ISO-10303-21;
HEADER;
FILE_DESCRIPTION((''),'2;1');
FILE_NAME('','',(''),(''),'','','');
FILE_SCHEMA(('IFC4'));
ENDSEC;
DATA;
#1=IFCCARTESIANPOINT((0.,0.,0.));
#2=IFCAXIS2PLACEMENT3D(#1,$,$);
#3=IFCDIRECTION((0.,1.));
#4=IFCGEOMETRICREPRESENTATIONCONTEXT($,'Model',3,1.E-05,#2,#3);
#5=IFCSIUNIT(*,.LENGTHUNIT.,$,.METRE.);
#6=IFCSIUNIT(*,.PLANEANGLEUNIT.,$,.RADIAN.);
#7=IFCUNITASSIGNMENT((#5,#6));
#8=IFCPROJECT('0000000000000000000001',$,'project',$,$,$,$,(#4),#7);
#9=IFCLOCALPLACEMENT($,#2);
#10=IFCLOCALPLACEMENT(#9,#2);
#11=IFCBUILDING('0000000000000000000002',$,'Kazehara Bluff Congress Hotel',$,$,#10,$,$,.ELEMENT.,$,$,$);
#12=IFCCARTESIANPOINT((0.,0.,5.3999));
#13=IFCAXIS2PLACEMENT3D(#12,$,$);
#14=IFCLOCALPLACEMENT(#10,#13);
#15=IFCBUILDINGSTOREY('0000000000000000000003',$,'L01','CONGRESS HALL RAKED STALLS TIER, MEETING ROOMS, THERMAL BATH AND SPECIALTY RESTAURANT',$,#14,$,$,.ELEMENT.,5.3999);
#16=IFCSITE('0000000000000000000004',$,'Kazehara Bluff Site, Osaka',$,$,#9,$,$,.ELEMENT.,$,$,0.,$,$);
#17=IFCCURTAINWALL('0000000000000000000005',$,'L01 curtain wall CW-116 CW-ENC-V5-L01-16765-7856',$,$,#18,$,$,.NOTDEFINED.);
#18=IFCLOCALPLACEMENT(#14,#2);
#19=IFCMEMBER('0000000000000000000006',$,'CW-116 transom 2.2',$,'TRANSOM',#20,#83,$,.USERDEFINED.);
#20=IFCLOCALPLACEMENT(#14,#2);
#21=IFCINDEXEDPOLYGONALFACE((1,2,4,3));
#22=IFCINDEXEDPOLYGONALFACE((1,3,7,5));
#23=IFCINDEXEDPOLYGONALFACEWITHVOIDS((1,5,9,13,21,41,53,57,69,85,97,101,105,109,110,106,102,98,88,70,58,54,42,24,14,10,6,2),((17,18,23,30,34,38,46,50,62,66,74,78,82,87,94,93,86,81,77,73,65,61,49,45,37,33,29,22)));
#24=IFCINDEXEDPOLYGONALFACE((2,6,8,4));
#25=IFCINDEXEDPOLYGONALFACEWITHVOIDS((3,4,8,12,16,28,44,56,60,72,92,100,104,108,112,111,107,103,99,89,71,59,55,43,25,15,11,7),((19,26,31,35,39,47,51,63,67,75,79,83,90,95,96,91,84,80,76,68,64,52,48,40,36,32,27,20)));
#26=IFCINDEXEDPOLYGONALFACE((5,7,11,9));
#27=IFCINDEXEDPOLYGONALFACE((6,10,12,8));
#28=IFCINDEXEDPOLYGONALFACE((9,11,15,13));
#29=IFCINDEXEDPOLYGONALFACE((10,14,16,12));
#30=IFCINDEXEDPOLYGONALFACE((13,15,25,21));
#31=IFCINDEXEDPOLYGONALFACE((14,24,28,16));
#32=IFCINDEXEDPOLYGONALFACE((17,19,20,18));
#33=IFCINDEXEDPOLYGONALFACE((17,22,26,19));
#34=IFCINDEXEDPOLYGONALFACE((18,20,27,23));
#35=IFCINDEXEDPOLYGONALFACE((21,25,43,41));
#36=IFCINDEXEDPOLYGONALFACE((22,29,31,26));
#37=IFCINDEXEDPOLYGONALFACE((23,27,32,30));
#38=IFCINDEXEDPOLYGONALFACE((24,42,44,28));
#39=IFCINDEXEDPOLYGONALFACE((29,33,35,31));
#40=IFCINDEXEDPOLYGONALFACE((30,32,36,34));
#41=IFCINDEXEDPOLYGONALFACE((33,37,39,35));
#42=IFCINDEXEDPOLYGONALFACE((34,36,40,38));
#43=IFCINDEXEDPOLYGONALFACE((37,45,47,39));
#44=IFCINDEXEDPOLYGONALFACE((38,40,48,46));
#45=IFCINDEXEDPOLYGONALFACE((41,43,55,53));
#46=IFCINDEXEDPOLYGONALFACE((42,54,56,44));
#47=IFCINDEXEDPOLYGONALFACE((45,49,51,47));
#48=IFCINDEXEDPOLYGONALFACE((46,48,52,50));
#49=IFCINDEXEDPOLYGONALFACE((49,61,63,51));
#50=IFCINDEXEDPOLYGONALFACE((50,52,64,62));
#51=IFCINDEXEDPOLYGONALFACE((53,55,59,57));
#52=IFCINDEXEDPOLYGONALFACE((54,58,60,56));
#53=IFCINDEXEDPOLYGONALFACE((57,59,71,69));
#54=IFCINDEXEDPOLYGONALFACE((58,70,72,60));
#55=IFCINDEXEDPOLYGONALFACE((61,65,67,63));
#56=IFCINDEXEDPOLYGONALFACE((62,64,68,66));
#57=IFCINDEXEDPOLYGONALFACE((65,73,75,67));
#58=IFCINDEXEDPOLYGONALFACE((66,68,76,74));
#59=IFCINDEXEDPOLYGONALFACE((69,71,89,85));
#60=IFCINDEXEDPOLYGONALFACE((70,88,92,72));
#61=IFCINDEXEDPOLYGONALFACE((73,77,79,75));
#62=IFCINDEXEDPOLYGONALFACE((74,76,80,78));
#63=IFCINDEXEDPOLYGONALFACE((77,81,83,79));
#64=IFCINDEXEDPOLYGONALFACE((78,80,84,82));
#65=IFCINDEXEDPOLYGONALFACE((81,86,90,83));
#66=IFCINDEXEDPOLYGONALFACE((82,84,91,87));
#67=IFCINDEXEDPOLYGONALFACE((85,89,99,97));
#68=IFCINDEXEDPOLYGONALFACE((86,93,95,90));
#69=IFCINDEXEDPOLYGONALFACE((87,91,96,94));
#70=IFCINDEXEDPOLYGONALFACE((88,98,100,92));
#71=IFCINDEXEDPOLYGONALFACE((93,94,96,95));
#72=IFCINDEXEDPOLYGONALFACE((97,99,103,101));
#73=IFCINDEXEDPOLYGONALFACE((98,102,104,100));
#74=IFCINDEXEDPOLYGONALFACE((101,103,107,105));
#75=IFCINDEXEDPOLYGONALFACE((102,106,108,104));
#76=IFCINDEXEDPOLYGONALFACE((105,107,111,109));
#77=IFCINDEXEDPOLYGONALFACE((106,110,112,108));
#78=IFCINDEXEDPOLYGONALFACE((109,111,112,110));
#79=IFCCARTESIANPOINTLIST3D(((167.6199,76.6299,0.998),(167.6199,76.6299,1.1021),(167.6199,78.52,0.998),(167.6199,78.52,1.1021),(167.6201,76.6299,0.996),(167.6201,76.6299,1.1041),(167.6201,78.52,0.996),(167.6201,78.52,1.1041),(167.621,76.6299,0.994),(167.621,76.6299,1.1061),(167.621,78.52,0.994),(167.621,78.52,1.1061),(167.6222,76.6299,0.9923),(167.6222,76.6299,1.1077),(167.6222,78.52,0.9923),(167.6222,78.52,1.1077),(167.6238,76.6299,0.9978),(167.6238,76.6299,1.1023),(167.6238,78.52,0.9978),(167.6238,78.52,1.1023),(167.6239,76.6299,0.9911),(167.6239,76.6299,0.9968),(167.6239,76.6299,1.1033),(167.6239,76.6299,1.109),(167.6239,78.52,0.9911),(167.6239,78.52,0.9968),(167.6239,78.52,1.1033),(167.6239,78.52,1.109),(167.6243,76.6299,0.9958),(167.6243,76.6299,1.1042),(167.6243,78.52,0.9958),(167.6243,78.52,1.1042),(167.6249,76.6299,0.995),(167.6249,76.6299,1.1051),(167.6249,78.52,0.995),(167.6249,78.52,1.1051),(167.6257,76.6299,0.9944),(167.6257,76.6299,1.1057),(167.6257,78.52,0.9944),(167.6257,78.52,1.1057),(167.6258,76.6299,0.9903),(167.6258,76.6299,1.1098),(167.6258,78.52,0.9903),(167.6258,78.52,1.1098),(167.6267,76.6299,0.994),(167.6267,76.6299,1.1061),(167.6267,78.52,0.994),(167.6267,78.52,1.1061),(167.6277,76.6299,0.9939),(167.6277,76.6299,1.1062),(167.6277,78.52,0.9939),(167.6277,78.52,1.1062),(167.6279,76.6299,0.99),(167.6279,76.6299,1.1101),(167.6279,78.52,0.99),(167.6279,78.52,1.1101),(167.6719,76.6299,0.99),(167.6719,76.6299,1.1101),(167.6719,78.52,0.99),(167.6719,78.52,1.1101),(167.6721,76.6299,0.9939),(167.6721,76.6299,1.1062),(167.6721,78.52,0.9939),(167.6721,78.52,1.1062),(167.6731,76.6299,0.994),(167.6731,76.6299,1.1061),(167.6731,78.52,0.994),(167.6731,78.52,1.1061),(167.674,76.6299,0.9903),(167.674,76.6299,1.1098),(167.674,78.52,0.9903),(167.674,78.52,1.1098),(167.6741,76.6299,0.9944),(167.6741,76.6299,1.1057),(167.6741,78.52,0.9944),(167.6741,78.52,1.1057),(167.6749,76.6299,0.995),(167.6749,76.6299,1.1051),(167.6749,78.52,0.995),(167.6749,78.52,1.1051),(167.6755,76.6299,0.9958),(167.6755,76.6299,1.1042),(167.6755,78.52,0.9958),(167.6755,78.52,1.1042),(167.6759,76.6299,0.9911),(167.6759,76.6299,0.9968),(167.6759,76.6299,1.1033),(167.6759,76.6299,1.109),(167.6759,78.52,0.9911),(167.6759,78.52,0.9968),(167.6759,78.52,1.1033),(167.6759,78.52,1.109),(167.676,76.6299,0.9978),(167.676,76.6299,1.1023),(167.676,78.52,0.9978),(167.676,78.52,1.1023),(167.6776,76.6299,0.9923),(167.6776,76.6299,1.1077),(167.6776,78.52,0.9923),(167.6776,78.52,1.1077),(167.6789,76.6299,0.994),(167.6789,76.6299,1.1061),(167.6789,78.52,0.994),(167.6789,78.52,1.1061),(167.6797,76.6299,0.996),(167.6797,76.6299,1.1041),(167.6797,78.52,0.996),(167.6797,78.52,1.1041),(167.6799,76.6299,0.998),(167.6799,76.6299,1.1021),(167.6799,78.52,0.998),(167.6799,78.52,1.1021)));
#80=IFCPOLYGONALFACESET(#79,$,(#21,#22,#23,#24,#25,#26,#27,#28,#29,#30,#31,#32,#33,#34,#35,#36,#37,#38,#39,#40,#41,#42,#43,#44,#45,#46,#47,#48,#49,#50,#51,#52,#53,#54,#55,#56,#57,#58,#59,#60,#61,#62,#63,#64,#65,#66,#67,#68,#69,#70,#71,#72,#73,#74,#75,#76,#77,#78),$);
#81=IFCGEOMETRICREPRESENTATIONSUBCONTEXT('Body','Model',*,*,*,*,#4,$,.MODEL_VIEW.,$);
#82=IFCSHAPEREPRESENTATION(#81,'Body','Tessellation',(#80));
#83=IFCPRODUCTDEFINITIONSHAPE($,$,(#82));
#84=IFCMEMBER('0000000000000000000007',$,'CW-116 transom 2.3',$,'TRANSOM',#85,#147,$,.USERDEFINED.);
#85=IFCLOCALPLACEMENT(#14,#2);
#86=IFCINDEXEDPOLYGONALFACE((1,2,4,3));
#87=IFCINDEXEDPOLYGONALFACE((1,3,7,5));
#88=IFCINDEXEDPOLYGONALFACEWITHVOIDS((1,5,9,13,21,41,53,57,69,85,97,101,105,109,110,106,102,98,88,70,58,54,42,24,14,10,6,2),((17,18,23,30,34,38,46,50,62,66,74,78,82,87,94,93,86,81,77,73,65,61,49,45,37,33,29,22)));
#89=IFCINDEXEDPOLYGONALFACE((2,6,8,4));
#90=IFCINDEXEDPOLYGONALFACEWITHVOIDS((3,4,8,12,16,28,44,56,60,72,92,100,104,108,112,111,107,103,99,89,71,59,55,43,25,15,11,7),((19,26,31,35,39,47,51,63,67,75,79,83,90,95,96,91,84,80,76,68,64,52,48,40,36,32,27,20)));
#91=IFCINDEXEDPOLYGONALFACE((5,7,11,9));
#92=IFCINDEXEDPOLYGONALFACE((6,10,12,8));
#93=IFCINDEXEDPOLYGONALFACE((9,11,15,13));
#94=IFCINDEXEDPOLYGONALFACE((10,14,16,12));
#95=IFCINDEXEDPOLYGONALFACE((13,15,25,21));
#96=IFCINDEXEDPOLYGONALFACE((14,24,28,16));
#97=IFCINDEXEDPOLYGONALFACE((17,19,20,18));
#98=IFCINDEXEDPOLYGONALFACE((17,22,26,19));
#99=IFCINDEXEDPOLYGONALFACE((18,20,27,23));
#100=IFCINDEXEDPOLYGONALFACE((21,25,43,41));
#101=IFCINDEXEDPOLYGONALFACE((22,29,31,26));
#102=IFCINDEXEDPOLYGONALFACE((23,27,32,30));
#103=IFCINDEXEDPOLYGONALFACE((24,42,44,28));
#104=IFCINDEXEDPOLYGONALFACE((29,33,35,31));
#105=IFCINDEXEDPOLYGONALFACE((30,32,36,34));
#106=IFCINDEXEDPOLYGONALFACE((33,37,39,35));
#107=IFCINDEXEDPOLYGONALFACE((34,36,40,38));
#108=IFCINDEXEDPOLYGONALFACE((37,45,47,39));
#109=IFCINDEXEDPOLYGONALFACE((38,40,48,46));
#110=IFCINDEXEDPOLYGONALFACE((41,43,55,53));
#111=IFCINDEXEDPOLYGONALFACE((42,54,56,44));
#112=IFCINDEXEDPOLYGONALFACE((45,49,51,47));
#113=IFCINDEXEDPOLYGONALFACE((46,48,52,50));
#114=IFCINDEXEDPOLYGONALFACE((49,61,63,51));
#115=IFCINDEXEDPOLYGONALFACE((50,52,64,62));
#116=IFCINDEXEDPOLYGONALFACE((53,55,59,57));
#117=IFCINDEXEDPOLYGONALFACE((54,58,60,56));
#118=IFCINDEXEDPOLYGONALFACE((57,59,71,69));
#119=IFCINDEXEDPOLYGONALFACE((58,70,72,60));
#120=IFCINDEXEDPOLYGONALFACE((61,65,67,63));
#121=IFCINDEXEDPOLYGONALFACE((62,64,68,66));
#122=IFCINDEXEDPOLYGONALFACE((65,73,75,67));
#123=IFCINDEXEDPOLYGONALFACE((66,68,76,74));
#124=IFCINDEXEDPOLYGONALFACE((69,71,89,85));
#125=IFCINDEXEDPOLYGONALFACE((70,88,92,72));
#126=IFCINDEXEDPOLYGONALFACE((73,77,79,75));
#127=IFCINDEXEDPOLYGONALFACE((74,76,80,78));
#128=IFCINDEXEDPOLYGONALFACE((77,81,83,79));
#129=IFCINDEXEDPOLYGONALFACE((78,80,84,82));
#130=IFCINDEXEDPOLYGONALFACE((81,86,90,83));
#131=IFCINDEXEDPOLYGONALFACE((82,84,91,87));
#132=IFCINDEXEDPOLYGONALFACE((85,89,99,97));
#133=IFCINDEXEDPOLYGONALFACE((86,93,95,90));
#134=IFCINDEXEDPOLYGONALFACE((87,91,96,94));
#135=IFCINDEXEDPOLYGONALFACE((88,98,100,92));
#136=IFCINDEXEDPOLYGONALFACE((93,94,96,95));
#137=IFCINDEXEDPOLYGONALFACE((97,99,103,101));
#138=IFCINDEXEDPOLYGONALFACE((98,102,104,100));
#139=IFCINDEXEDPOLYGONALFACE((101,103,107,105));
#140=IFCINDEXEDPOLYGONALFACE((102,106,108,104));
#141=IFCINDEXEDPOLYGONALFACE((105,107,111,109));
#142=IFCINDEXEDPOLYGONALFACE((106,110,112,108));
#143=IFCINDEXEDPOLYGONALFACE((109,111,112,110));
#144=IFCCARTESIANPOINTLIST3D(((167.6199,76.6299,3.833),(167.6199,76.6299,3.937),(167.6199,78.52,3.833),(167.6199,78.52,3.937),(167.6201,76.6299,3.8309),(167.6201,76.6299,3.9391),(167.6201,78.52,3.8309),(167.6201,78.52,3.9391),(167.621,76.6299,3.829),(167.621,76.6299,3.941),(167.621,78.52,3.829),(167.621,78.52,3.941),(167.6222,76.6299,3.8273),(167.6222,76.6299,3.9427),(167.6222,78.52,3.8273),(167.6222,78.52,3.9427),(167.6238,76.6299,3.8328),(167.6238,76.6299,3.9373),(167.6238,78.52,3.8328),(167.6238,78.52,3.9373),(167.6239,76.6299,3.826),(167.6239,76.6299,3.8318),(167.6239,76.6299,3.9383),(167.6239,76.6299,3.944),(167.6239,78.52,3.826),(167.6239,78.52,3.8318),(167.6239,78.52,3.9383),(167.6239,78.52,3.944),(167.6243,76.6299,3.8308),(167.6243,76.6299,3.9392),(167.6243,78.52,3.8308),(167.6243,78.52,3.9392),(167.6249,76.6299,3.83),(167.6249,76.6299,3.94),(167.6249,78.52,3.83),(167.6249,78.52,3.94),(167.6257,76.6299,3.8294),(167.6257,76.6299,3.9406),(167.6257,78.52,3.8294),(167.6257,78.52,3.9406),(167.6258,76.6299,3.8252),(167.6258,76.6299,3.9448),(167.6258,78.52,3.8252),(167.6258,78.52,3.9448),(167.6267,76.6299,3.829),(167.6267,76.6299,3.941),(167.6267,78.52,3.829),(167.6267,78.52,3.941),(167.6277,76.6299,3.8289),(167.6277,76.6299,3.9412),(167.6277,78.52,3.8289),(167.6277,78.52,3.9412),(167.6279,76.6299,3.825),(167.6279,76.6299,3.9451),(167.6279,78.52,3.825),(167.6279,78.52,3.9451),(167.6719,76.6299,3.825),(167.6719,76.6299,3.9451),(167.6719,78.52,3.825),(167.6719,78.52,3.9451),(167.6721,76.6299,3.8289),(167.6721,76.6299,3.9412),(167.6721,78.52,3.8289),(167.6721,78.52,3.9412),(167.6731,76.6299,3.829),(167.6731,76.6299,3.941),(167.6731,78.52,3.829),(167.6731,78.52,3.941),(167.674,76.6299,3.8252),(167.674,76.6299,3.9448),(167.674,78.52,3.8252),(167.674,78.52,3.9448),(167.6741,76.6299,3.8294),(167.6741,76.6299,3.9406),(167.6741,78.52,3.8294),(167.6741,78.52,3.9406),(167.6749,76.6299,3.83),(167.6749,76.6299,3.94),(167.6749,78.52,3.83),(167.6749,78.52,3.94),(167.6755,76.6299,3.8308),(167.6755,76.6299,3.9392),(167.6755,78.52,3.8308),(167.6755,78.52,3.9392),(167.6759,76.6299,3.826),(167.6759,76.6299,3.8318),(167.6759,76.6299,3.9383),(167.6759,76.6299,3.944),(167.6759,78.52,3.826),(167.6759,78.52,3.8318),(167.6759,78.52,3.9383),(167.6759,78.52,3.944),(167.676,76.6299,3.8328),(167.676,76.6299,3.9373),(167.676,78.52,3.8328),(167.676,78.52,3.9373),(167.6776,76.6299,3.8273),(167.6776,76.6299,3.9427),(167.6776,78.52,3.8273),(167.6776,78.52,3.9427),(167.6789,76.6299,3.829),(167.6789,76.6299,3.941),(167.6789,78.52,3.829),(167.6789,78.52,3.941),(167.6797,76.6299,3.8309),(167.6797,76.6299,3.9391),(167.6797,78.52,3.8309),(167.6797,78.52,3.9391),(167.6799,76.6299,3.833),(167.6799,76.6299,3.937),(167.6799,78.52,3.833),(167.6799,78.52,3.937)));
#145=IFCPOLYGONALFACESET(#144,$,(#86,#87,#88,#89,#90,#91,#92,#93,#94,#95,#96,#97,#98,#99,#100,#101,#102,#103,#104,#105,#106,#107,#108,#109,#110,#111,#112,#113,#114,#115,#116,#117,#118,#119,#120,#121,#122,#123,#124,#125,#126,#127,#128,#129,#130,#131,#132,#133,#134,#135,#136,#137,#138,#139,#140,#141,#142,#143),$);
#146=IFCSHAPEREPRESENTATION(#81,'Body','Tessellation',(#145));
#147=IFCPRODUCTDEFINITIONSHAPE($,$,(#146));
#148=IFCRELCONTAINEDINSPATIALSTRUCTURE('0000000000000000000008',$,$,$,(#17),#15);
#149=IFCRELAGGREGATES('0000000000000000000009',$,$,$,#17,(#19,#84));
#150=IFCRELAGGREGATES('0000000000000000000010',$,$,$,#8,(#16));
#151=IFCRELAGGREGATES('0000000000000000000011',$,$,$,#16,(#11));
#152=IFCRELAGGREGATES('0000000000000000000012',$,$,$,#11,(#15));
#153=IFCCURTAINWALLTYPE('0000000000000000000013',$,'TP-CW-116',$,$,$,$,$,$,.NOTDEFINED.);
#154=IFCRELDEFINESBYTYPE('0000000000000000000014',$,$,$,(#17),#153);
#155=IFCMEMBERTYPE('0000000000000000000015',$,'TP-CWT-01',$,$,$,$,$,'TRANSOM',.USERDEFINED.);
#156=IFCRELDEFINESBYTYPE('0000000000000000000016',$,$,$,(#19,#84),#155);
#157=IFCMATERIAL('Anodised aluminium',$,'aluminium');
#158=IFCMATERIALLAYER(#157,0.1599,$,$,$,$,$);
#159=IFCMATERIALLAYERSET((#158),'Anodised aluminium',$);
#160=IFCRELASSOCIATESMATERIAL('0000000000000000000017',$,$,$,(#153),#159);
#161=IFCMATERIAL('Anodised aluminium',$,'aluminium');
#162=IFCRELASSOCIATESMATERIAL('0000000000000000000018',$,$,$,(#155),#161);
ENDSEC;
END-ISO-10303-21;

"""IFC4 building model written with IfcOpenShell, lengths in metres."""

from ifc_helpers import new_model, si_unit, direction, frame, origin, origin_2d, place, context, subcontext, project, spatial, hollow_rectangle, extrude, material, layer, layer_set, material_profile, profile_set, type_object, element, aggregate, save


model = new_model("IFC4")

# Units and contexts
model_context = context("Model", 3, precision=1e-05, world=origin(), true_north=direction((0.0, 1.0)))
body_context = subcontext(model_context, "Body", "Model", "MODEL_VIEW")
ifc_project = project(units=[si_unit("LENGTHUNIT", "METRE"), si_unit("PLANEANGLEUNIT", "RADIAN")], contexts=[model_context])

# Site, building, storey
site_placement = place(None, origin())
site = spatial("IfcSite", under=ifc_project, at=site_placement, Name="Kazehara Bluff Site, Osaka", CompositionType="ELEMENT", RefElevation=0.0)
building_placement = place(site_placement, origin())
building = spatial("IfcBuilding", under=site, at=building_placement, Name="Kazehara Bluff Congress Hotel", CompositionType="ELEMENT")
storey_placement = place(building_placement, frame((0.0, 0.0, 5.3999)))
storey = spatial("IfcBuildingStorey", under=building, at=storey_placement, Name="L01", Description="CONGRESS HALL RAKED STALLS TIER, MEETING ROOMS, THERMAL BATH AND SPECIALTY RESTAURANT", CompositionType="ELEMENT", Elevation=5.3999)

# Curtain wall, members
ifc_material_1 = material(Name="Anodised aluminium", Category="aluminium")
ifc_layer_1 = layer(ifc_material_1, 0.1599)
ifc_layer_set_1 = layer_set([ifc_layer_1], Name="Anodised aluminium")
curtain_wall_type_1 = type_object("IfcCurtainWallType", Name="TP-CW-116", PredefinedType="NOTDEFINED", material=ifc_layer_set_1)
curtain_wall_1_placement = place(storey_placement, origin())
curtain_wall_1 = element("IfcCurtainWall", 1, at=curtain_wall_1_placement, inside=storey, type_object=curtain_wall_type_1, Name="L01 curtain wall CW-116 CW-ENC-V5-L01-16765-7856", PredefinedType="NOTDEFINED")
ifc_material_2 = material(Name="Anodised aluminium", Category="aluminium")
ifc_material_profile_1 = material_profile(ifc_material_2, hollow_rectangle(XDim=0.0601, YDim=0.1201, WallThickness=0.0039, InnerFilletRadius=0.0039, OuterFilletRadius=0.0081, at=origin_2d()))
ifc_profile_set_1 = profile_set([ifc_material_profile_1], Name="Anodised aluminium")
member_type_1 = type_object("IfcMemberType", Name="TP-CWT-01", ElementType="TRANSOM", PredefinedType="USERDEFINED", material=ifc_profile_set_1)
member_1_placement = place(storey_placement, frame((167.6499, 78.52, 1.05), z_axis=(0.0, -1.0, 0.0), x_axis=(1.0, 0.0, 0.0)))
member_1 = element("IfcMember", 2, at=member_1_placement, type_object=member_type_1, Name="CW-116 transom 2.2", ObjectType="TRANSOM", PredefinedType="USERDEFINED", context=body_context, shape_type="SweptSolid", body=[
    extrude(hollow_rectangle(XDim=0.0601, YDim=0.1201, WallThickness=0.0039, InnerFilletRadius=0.0039, OuterFilletRadius=0.0081, at=origin_2d()), origin(), (0.0, 0.0, 1.0), 1.8901),
])
member_2_placement = place(storey_placement, frame((167.6499, 78.52, 3.885), z_axis=(0.0, -1.0, 0.0), x_axis=(1.0, 0.0, 0.0)))
member_2 = element("IfcMember", 3, at=member_2_placement, type_object=member_type_1, Name="CW-116 transom 2.3", ObjectType="TRANSOM", PredefinedType="USERDEFINED", context=body_context, shape_type="SweptSolid", body=[
    extrude(hollow_rectangle(XDim=0.0601, YDim=0.1201, WallThickness=0.0039, InnerFilletRadius=0.0039, OuterFilletRadius=0.0081, at=origin_2d()), origin(), (0.0, 0.0, 1.0), 1.8901),
])

aggregate(curtain_wall_1, [member_1, member_2])

save(model, "model.ifc")
